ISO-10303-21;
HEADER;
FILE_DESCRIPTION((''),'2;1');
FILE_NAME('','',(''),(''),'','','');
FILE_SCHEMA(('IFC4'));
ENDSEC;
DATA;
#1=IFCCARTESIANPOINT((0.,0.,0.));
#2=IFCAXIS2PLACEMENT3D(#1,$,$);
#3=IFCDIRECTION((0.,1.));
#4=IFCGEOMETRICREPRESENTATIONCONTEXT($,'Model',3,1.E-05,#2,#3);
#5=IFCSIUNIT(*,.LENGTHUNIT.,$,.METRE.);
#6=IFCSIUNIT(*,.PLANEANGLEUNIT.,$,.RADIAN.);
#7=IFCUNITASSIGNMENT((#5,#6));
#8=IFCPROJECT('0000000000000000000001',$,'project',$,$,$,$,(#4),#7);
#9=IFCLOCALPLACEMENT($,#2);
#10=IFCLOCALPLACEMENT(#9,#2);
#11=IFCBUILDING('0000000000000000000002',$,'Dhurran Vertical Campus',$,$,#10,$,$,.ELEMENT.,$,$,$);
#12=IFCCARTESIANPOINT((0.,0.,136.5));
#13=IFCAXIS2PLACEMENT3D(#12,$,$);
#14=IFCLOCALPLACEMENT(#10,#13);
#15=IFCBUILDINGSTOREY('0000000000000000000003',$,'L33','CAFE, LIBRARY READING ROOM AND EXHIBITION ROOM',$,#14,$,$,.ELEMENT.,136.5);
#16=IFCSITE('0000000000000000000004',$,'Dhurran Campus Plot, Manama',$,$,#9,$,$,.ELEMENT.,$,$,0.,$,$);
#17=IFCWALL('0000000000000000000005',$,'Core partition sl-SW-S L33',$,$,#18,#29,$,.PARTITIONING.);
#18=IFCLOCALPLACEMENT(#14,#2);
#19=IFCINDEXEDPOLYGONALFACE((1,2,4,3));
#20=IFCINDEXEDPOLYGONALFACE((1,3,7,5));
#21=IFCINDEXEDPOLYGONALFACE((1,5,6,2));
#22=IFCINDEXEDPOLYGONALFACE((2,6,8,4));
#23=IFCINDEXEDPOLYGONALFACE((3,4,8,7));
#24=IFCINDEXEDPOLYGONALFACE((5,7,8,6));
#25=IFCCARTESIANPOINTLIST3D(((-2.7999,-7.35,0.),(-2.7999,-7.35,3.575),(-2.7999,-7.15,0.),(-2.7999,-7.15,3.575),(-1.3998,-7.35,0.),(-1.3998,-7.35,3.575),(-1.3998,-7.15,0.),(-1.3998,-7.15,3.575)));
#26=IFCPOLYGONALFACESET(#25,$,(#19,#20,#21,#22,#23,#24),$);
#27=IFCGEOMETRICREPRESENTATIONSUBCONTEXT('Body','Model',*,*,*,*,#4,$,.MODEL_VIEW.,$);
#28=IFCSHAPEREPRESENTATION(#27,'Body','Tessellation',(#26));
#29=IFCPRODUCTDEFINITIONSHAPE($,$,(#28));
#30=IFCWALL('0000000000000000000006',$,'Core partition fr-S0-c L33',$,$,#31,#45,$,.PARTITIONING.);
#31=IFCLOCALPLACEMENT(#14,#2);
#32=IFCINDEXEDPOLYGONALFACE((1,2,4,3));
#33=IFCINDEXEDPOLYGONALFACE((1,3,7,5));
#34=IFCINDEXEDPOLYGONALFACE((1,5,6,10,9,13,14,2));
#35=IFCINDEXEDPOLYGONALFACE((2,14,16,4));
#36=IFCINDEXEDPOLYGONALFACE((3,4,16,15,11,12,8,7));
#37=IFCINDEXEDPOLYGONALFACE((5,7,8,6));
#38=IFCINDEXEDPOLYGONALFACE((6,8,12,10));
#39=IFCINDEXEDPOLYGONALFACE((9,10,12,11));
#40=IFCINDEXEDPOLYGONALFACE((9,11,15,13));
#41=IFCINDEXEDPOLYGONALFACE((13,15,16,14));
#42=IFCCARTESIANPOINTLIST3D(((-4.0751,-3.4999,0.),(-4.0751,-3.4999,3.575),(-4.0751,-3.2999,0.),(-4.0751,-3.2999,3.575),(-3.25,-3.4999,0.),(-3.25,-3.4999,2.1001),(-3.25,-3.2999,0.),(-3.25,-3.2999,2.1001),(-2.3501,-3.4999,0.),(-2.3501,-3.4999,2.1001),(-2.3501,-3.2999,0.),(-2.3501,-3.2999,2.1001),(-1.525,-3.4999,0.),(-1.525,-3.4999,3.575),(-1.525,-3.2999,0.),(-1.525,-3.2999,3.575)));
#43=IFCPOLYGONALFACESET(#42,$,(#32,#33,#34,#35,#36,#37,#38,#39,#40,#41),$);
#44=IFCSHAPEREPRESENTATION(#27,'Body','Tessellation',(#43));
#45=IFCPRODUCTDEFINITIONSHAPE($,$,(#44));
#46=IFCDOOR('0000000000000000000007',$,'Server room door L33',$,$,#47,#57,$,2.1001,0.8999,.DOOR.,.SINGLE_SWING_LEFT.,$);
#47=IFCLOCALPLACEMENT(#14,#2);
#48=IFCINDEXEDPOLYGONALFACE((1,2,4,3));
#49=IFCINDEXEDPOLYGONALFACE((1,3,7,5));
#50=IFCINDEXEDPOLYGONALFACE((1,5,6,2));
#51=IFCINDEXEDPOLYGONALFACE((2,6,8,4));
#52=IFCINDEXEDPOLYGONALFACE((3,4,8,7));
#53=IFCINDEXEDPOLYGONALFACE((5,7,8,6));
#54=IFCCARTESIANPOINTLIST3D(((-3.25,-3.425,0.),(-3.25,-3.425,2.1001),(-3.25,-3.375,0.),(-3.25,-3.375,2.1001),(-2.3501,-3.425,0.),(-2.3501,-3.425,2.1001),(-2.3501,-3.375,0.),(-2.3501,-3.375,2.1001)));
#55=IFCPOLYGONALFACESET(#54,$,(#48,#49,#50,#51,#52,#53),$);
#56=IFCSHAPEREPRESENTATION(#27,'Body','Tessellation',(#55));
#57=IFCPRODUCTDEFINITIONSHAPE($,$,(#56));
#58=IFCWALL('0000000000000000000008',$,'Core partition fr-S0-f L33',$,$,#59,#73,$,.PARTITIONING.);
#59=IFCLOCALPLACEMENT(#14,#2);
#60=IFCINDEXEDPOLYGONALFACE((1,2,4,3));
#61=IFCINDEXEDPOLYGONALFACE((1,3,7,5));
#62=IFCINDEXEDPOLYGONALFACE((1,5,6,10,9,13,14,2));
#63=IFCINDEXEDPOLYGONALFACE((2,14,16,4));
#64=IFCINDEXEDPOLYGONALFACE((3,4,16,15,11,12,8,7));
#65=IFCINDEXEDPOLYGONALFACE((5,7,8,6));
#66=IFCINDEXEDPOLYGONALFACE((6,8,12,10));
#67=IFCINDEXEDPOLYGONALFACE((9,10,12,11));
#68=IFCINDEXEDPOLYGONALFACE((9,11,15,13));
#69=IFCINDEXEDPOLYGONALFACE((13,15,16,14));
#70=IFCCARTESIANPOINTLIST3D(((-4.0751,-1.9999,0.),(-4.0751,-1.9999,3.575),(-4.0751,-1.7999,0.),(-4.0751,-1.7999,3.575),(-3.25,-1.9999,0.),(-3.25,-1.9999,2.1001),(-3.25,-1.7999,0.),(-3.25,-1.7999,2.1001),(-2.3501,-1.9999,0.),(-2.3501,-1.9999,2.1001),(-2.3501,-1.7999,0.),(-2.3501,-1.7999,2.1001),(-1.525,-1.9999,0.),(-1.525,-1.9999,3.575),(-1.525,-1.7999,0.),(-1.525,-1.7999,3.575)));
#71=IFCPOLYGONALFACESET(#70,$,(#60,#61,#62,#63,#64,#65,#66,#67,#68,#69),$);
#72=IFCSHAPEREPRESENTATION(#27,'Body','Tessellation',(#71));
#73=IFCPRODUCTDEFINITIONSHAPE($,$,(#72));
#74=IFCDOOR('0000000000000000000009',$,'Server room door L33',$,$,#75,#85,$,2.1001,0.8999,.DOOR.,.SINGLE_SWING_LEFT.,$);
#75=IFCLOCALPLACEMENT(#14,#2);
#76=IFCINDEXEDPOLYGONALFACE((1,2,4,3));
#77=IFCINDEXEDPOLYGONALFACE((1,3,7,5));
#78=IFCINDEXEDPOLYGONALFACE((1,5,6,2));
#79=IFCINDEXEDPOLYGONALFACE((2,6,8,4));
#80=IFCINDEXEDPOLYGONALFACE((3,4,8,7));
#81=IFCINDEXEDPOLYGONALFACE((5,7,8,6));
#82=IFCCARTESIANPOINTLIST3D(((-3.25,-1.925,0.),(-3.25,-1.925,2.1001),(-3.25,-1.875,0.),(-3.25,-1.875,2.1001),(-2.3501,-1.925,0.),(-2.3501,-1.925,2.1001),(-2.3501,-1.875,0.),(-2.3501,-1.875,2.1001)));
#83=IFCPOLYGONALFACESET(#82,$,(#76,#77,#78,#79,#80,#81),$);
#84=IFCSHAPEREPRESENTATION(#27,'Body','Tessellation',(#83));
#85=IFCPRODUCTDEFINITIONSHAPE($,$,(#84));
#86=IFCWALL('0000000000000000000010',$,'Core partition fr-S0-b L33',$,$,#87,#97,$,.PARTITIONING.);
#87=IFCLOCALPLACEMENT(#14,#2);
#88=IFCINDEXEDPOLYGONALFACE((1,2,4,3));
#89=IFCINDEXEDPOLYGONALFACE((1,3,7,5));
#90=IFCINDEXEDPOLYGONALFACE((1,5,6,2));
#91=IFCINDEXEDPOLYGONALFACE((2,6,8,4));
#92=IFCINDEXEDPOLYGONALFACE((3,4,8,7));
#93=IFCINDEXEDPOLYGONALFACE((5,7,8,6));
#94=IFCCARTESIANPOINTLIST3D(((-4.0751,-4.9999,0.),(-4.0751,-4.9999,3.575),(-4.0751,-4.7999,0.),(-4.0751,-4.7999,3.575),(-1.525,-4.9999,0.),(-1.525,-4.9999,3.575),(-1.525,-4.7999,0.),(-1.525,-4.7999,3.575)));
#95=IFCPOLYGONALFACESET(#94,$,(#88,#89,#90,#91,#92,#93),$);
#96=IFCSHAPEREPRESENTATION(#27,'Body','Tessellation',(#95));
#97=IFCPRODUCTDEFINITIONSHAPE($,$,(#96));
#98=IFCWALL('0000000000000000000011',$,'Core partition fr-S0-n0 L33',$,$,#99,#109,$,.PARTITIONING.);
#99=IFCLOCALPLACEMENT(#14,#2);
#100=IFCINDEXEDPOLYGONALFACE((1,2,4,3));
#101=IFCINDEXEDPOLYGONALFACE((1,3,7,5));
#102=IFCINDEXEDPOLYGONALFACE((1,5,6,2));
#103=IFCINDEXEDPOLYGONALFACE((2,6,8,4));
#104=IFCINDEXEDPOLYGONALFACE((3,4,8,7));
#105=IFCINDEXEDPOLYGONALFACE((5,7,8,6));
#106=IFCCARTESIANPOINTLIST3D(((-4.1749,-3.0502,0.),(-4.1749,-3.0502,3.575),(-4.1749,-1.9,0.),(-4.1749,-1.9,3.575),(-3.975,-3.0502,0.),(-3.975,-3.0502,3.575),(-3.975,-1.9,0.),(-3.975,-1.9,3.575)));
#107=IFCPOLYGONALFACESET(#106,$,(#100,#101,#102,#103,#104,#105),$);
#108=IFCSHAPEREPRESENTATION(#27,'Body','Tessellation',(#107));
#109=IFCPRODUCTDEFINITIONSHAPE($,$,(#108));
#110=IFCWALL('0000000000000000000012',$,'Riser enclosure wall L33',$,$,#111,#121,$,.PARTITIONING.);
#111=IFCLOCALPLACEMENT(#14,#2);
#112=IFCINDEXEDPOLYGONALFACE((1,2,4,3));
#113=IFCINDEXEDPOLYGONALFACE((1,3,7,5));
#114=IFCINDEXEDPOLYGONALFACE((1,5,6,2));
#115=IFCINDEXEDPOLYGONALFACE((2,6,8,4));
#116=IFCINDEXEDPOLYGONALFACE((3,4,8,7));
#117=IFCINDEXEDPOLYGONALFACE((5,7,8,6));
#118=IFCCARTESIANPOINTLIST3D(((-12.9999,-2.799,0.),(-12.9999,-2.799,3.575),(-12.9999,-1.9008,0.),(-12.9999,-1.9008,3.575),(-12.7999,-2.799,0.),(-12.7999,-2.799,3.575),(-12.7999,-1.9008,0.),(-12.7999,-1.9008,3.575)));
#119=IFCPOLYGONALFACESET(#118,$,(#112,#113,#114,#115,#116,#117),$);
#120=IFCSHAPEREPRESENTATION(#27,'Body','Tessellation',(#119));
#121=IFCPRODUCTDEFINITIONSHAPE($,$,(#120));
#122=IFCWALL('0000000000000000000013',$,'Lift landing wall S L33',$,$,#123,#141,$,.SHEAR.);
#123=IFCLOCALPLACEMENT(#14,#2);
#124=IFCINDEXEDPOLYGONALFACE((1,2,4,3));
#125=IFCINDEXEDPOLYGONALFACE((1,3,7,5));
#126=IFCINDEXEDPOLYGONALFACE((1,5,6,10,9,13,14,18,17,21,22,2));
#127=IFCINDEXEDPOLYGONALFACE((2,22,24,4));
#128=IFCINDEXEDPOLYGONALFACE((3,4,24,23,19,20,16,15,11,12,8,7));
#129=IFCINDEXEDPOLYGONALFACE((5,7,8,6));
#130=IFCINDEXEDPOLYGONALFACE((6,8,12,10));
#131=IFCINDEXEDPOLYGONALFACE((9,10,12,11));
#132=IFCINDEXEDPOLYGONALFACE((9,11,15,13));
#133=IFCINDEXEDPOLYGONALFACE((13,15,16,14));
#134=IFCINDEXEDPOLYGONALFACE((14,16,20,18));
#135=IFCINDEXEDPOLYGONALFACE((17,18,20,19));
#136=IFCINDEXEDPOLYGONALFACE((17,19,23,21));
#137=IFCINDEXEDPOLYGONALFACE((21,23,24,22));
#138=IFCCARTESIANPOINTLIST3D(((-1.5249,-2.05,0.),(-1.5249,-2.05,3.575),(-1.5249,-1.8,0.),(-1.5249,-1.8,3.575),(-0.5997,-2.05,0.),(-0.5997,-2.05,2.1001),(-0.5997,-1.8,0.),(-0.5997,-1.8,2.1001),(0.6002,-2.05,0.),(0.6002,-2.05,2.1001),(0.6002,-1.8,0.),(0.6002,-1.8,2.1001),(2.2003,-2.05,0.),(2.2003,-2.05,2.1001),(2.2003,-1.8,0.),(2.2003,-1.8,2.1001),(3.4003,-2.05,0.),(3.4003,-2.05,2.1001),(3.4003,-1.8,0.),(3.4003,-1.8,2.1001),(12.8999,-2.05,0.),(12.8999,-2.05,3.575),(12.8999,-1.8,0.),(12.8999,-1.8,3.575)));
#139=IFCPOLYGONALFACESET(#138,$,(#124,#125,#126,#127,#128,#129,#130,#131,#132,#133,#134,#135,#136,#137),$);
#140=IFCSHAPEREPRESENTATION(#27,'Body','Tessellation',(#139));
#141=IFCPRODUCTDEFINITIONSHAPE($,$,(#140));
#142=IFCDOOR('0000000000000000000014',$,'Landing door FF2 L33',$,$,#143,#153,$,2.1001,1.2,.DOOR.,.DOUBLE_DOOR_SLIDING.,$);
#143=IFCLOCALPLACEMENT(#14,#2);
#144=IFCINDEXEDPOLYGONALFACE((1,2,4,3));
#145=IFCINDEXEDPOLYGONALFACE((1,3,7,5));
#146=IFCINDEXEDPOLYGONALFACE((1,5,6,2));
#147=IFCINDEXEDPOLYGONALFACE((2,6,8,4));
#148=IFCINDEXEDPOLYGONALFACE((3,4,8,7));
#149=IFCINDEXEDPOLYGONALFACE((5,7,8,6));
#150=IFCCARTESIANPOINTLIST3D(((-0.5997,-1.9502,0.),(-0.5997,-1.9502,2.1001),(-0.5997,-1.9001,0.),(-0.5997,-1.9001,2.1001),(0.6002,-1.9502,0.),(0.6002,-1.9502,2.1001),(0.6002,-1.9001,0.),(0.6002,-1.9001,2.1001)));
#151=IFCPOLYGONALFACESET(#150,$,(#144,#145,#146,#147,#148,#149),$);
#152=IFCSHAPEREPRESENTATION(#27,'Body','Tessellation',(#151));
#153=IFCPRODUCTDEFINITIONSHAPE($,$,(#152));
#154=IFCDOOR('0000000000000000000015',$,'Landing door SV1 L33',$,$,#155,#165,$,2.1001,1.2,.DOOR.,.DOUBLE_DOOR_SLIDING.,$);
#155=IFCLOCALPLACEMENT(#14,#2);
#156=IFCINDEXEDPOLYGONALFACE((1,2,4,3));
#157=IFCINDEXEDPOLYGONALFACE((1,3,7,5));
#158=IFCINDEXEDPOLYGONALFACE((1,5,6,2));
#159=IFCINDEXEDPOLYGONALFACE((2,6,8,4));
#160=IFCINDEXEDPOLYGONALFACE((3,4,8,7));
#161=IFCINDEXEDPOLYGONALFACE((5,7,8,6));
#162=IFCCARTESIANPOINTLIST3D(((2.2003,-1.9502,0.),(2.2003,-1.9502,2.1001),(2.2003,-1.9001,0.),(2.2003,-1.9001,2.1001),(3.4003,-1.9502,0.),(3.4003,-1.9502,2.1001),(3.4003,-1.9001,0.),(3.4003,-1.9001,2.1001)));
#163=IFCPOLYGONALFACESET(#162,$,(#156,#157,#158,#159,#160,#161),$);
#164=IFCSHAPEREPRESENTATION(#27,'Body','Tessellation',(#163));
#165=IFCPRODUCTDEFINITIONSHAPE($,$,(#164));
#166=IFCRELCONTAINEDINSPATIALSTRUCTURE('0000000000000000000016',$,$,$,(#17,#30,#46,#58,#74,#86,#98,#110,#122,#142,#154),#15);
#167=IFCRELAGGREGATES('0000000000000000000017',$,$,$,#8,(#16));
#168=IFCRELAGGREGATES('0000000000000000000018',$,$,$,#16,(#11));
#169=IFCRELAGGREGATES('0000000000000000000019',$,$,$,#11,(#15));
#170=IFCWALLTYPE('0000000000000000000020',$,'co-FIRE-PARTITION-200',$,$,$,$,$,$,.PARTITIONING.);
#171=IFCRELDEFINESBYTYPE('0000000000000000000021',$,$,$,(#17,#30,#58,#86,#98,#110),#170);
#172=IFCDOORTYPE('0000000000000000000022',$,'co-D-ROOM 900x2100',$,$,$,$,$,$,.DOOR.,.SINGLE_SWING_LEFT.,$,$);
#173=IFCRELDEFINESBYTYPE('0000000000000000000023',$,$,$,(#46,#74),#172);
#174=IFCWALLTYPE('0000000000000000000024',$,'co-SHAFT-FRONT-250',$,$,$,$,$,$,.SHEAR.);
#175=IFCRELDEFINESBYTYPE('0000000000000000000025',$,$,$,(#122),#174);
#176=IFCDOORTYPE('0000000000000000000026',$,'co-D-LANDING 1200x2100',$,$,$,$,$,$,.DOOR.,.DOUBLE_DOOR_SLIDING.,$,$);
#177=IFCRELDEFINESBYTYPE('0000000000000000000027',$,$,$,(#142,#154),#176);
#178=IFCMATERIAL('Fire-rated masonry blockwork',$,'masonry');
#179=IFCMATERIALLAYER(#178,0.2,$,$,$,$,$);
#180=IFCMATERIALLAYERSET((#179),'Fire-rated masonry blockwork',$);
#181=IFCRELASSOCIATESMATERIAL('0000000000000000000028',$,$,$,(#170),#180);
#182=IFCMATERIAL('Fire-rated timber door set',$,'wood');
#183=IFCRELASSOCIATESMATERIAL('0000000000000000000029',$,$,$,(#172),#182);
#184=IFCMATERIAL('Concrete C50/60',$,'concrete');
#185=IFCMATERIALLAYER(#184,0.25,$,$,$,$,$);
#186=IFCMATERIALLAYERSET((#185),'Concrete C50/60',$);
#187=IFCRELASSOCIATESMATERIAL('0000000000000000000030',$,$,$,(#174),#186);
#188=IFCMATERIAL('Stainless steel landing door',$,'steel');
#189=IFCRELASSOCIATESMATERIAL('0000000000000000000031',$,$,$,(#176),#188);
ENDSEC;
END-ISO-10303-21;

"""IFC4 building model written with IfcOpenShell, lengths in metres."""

from ifc_helpers import new_model, si_unit, direction, frame, frame_2d, origin, place, context, subcontext, project, spatial, rectangle, extrude, material, layer, layer_set, type_object, element, fill, save


model = new_model("IFC4")

# Units and contexts
model_context = context("Model", 3, precision=1e-05, world=origin(), true_north=direction((0.0, 1.0)))
body_context = subcontext(model_context, "Body", "Model", "MODEL_VIEW")
ifc_project = project(units=[si_unit("LENGTHUNIT", "METRE"), si_unit("PLANEANGLEUNIT", "RADIAN")], contexts=[model_context])

# Site, building, storey
site_placement = place(None, origin())
site = spatial("IfcSite", under=ifc_project, at=site_placement, Name="Dhurran Campus Plot, Manama", CompositionType="ELEMENT", RefElevation=0.0)
building_placement = place(site_placement, origin())
building = spatial("IfcBuilding", under=site, at=building_placement, Name="Dhurran Vertical Campus", CompositionType="ELEMENT")
storey_placement = place(building_placement, frame((0.0, 0.0, 136.5)))
storey = spatial("IfcBuildingStorey", under=building, at=storey_placement, Name="L33", Description="CAFE, LIBRARY READING ROOM AND EXHIBITION ROOM", CompositionType="ELEMENT", Elevation=136.5)

# Shared definitions
ifc_material_1 = material(Name="Fire-rated masonry blockwork", Category="masonry")
ifc_layer_1 = layer(ifc_material_1, 0.2)
ifc_layer_set_1 = layer_set([ifc_layer_1], Name="Fire-rated masonry blockwork")
wall_type_1 = type_object("IfcWallType", Name="co-FIRE-PARTITION-200", PredefinedType="PARTITIONING", material=ifc_layer_set_1)

# Wall
wall_1_placement = place(storey_placement, frame((-2.8, -7.25, 0.0), z_axis=(0.0, 0.0, 1.0), x_axis=(1.0, 0.0, 0.0)))
element("IfcWall", 1, at=wall_1_placement, inside=storey, type_object=wall_type_1, Name="Core partition sl-SW-S L33", PredefinedType="PARTITIONING", context=body_context, shape_type="SweptSolid", body=[
    extrude(rectangle(XDim=1.4001, YDim=0.2, at=frame_2d((0.7002, 0.0))), origin(), (0.0, 0.0, 1.0), 3.575),
])

# Walls, openings, doors
wall_2_placement = place(storey_placement, frame((-4.075, -3.3999, 0.0), z_axis=(0.0, 0.0, 1.0), x_axis=(1.0, 0.0, 0.0)))
wall_2 = element("IfcWall", 2, at=wall_2_placement, inside=storey, type_object=wall_type_1, Name="Core partition fr-S0-c L33", PredefinedType="PARTITIONING", context=body_context, shape_type="SweptSolid", body=[
    extrude(rectangle(XDim=2.55, YDim=0.2, at=frame_2d((1.2749, 0.0))), origin(), (0.0, 0.0, 1.0), 3.575),
])
opening_1_placement = place(wall_2_placement, frame((0.825, 0.0, 0.0)))
opening_1 = element("IfcOpeningElement", 3, at=opening_1_placement, cuts=wall_2, PredefinedType="OPENING", context=body_context, shape_type="SweptSolid", body=[
    extrude(rectangle(XDim=0.8999, YDim=2.1001, at=frame_2d((0.45, 1.05))), frame((0.0, 0.1099, 0.0), z_axis=(0.0, -1.0, 0.0), x_axis=(1.0, 0.0, 0.0)), (0.0, 0.0, 1.0), 0.22),
])
ifc_material_2 = material(Name="Fire-rated timber door set", Category="wood")
door_type_1 = type_object("IfcDoorType", Name="co-D-ROOM 900x2100", OperationType="SINGLE_SWING_LEFT", PredefinedType="DOOR", material=ifc_material_2)
door_1_placement = place(opening_1_placement, origin())
door_1 = element("IfcDoor", 4, at=door_1_placement, inside=storey, type_object=door_type_1, Name="Server room door L33", OperationType="SINGLE_SWING_LEFT", OverallHeight=2.1001, OverallWidth=0.8999, PredefinedType="DOOR", context=body_context, shape_type="SweptSolid", body=[
    extrude(rectangle(XDim=0.8999, YDim=2.1001, at=frame_2d((0.45, 1.05))), frame((0.0, 0.0249, 0.0), z_axis=(0.0, -1.0, 0.0), x_axis=(1.0, 0.0, 0.0)), (0.0, 0.0, 1.0), 0.05),
])
fill(opening_1, door_1)
wall_3_placement = place(storey_placement, frame((-4.075, -1.8999, 0.0), z_axis=(0.0, 0.0, 1.0), x_axis=(1.0, 0.0, 0.0)))
wall_3 = element("IfcWall", 5, at=wall_3_placement, inside=storey, type_object=wall_type_1, Name="Core partition fr-S0-f L33", PredefinedType="PARTITIONING", context=body_context, shape_type="SweptSolid", body=[
    extrude(rectangle(XDim=2.55, YDim=0.2, at=frame_2d((1.2749, 0.0))), origin(), (0.0, 0.0, 1.0), 3.575),
])
opening_2_placement = place(wall_3_placement, frame((0.825, 0.0, 0.0)))
opening_2 = element("IfcOpeningElement", 6, at=opening_2_placement, cuts=wall_3, PredefinedType="OPENING", context=body_context, shape_type="SweptSolid", body=[
    extrude(rectangle(XDim=0.8999, YDim=2.1001, at=frame_2d((0.45, 1.05))), frame((0.0, 0.1099, 0.0), z_axis=(0.0, -1.0, 0.0), x_axis=(1.0, 0.0, 0.0)), (0.0, 0.0, 1.0), 0.22),
])
door_2_placement = place(opening_2_placement, origin())
door_2 = element("IfcDoor", 7, at=door_2_placement, inside=storey, type_object=door_type_1, Name="Server room door L33", OperationType="SINGLE_SWING_LEFT", OverallHeight=2.1001, OverallWidth=0.8999, PredefinedType="DOOR", context=body_context, shape_type="SweptSolid", body=[
    extrude(rectangle(XDim=0.8999, YDim=2.1001, at=frame_2d((0.45, 1.05))), frame((0.0, 0.0249, 0.0), z_axis=(0.0, -1.0, 0.0), x_axis=(1.0, 0.0, 0.0)), (0.0, 0.0, 1.0), 0.05),
])
fill(opening_2, door_2)

# Walls
wall_4_placement = place(storey_placement, frame((-4.075, -4.8999, 0.0), z_axis=(0.0, 0.0, 1.0), x_axis=(1.0, 0.0, 0.0)))
element("IfcWall", 8, at=wall_4_placement, inside=storey, type_object=wall_type_1, Name="Core partition fr-S0-b L33", PredefinedType="PARTITIONING", context=body_context, shape_type="SweptSolid", body=[
    extrude(rectangle(XDim=2.55, YDim=0.2, at=frame_2d((1.2749, 0.0))), origin(), (0.0, 0.0, 1.0), 3.575),
])
wall_5_placement = place(storey_placement, frame((-4.075, -1.8999, 0.0), z_axis=(0.0, 0.0, 1.0), x_axis=(0.0, -1.0, 0.0)))
element("IfcWall", 9, at=wall_5_placement, inside=storey, type_object=wall_type_1, Name="Core partition fr-S0-n0 L33", PredefinedType="PARTITIONING", context=body_context, shape_type="SweptSolid", body=[
    extrude(rectangle(XDim=1.1501, YDim=0.2, at=frame_2d((0.5752, 0.0))), origin(), (0.0, 0.0, 1.0), 3.575),
])
wall_6_placement = place(storey_placement, frame((-12.8999, -2.7991, 0.0), z_axis=(0.0, 0.0, 1.0), x_axis=(0.0, 1.0, 0.0)))
element("IfcWall", 10, at=wall_6_placement, inside=storey, type_object=wall_type_1, Name="Riser enclosure wall L33", PredefinedType="PARTITIONING", context=body_context, shape_type="SweptSolid", body=[
    extrude(rectangle(XDim=0.8982, YDim=0.2, at=frame_2d((0.4492, 0.0))), origin(), (0.0, 0.0, 1.0), 3.575),
])

# Wall, openings, doors
ifc_material_3 = material(Name="Concrete C50/60", Category="concrete")
ifc_layer_2 = layer(ifc_material_3, 0.25)
ifc_layer_set_2 = layer_set([ifc_layer_2], Name="Concrete C50/60")
wall_type_2 = type_object("IfcWallType", Name="co-SHAFT-FRONT-250", PredefinedType="SHEAR", material=ifc_layer_set_2)
wall_7_placement = place(storey_placement, frame((-1.5249, -1.925, 0.0), z_axis=(0.0, 0.0, 1.0), x_axis=(1.0, 0.0, 0.0)))
wall_7 = element("IfcWall", 11, at=wall_7_placement, inside=storey, type_object=wall_type_2, Name="Lift landing wall S L33", PredefinedType="SHEAR", context=body_context, shape_type="SweptSolid", body=[
    extrude(rectangle(XDim=14.4248, YDim=0.25, at=frame_2d((7.2124, 0.0))), origin(), (0.0, 0.0, 1.0), 3.575),
])
opening_3_placement = place(wall_7_placement, frame((0.925, 0.0, 0.0)))
opening_3 = element("IfcOpeningElement", 12, at=opening_3_placement, cuts=wall_7, PredefinedType="OPENING", context=body_context, shape_type="SweptSolid", body=[
    extrude(rectangle(XDim=1.2, YDim=2.1001, at=frame_2d((0.6001, 1.05))), frame((0.0, 0.135, 0.0), z_axis=(0.0, -1.0, 0.0), x_axis=(1.0, 0.0, 0.0)), (0.0, 0.0, 1.0), 0.27),
])
opening_4_placement = place(wall_7_placement, frame((3.7251, 0.0, 0.0)))
opening_4 = element("IfcOpeningElement", 13, at=opening_4_placement, cuts=wall_7, PredefinedType="OPENING", context=body_context, shape_type="SweptSolid", body=[
    extrude(rectangle(XDim=1.2, YDim=2.1001, at=frame_2d((0.6001, 1.05))), frame((0.0, 0.135, 0.0), z_axis=(0.0, -1.0, 0.0), x_axis=(1.0, 0.0, 0.0)), (0.0, 0.0, 1.0), 0.27),
])
ifc_material_4 = material(Name="Stainless steel landing door", Category="steel")
door_type_2 = type_object("IfcDoorType", Name="co-D-LANDING 1200x2100", OperationType="DOUBLE_DOOR_SLIDING", PredefinedType="DOOR", material=ifc_material_4)
door_3_placement = place(opening_3_placement, origin())
door_3 = element("IfcDoor", 14, at=door_3_placement, inside=storey, type_object=door_type_2, Name="Landing door FF2 L33", OperationType="DOUBLE_DOOR_SLIDING", OverallHeight=2.1001, OverallWidth=1.2, PredefinedType="DOOR", context=body_context, shape_type="SweptSolid", body=[
    extrude(rectangle(XDim=1.2, YDim=2.1001, at=frame_2d((0.6001, 1.05))), frame((0.0, 0.0249, 0.0), z_axis=(0.0, -1.0, 0.0), x_axis=(1.0, 0.0, 0.0)), (0.0, 0.0, 1.0), 0.05),
])
fill(opening_3, door_3)
door_4_placement = place(opening_4_placement, origin())
door_4 = element("IfcDoor", 15, at=door_4_placement, inside=storey, type_object=door_type_2, Name="Landing door SV1 L33", OperationType="DOUBLE_DOOR_SLIDING", OverallHeight=2.1001, OverallWidth=1.2, PredefinedType="DOOR", context=body_context, shape_type="SweptSolid", body=[
    extrude(rectangle(XDim=1.2, YDim=2.1001, at=frame_2d((0.6001, 1.05))), frame((0.0, 0.0249, 0.0), z_axis=(0.0, -1.0, 0.0), x_axis=(1.0, 0.0, 0.0)), (0.0, 0.0, 1.0), 0.05),
])
fill(opening_4, door_4)

save(model, "model.ifc")
